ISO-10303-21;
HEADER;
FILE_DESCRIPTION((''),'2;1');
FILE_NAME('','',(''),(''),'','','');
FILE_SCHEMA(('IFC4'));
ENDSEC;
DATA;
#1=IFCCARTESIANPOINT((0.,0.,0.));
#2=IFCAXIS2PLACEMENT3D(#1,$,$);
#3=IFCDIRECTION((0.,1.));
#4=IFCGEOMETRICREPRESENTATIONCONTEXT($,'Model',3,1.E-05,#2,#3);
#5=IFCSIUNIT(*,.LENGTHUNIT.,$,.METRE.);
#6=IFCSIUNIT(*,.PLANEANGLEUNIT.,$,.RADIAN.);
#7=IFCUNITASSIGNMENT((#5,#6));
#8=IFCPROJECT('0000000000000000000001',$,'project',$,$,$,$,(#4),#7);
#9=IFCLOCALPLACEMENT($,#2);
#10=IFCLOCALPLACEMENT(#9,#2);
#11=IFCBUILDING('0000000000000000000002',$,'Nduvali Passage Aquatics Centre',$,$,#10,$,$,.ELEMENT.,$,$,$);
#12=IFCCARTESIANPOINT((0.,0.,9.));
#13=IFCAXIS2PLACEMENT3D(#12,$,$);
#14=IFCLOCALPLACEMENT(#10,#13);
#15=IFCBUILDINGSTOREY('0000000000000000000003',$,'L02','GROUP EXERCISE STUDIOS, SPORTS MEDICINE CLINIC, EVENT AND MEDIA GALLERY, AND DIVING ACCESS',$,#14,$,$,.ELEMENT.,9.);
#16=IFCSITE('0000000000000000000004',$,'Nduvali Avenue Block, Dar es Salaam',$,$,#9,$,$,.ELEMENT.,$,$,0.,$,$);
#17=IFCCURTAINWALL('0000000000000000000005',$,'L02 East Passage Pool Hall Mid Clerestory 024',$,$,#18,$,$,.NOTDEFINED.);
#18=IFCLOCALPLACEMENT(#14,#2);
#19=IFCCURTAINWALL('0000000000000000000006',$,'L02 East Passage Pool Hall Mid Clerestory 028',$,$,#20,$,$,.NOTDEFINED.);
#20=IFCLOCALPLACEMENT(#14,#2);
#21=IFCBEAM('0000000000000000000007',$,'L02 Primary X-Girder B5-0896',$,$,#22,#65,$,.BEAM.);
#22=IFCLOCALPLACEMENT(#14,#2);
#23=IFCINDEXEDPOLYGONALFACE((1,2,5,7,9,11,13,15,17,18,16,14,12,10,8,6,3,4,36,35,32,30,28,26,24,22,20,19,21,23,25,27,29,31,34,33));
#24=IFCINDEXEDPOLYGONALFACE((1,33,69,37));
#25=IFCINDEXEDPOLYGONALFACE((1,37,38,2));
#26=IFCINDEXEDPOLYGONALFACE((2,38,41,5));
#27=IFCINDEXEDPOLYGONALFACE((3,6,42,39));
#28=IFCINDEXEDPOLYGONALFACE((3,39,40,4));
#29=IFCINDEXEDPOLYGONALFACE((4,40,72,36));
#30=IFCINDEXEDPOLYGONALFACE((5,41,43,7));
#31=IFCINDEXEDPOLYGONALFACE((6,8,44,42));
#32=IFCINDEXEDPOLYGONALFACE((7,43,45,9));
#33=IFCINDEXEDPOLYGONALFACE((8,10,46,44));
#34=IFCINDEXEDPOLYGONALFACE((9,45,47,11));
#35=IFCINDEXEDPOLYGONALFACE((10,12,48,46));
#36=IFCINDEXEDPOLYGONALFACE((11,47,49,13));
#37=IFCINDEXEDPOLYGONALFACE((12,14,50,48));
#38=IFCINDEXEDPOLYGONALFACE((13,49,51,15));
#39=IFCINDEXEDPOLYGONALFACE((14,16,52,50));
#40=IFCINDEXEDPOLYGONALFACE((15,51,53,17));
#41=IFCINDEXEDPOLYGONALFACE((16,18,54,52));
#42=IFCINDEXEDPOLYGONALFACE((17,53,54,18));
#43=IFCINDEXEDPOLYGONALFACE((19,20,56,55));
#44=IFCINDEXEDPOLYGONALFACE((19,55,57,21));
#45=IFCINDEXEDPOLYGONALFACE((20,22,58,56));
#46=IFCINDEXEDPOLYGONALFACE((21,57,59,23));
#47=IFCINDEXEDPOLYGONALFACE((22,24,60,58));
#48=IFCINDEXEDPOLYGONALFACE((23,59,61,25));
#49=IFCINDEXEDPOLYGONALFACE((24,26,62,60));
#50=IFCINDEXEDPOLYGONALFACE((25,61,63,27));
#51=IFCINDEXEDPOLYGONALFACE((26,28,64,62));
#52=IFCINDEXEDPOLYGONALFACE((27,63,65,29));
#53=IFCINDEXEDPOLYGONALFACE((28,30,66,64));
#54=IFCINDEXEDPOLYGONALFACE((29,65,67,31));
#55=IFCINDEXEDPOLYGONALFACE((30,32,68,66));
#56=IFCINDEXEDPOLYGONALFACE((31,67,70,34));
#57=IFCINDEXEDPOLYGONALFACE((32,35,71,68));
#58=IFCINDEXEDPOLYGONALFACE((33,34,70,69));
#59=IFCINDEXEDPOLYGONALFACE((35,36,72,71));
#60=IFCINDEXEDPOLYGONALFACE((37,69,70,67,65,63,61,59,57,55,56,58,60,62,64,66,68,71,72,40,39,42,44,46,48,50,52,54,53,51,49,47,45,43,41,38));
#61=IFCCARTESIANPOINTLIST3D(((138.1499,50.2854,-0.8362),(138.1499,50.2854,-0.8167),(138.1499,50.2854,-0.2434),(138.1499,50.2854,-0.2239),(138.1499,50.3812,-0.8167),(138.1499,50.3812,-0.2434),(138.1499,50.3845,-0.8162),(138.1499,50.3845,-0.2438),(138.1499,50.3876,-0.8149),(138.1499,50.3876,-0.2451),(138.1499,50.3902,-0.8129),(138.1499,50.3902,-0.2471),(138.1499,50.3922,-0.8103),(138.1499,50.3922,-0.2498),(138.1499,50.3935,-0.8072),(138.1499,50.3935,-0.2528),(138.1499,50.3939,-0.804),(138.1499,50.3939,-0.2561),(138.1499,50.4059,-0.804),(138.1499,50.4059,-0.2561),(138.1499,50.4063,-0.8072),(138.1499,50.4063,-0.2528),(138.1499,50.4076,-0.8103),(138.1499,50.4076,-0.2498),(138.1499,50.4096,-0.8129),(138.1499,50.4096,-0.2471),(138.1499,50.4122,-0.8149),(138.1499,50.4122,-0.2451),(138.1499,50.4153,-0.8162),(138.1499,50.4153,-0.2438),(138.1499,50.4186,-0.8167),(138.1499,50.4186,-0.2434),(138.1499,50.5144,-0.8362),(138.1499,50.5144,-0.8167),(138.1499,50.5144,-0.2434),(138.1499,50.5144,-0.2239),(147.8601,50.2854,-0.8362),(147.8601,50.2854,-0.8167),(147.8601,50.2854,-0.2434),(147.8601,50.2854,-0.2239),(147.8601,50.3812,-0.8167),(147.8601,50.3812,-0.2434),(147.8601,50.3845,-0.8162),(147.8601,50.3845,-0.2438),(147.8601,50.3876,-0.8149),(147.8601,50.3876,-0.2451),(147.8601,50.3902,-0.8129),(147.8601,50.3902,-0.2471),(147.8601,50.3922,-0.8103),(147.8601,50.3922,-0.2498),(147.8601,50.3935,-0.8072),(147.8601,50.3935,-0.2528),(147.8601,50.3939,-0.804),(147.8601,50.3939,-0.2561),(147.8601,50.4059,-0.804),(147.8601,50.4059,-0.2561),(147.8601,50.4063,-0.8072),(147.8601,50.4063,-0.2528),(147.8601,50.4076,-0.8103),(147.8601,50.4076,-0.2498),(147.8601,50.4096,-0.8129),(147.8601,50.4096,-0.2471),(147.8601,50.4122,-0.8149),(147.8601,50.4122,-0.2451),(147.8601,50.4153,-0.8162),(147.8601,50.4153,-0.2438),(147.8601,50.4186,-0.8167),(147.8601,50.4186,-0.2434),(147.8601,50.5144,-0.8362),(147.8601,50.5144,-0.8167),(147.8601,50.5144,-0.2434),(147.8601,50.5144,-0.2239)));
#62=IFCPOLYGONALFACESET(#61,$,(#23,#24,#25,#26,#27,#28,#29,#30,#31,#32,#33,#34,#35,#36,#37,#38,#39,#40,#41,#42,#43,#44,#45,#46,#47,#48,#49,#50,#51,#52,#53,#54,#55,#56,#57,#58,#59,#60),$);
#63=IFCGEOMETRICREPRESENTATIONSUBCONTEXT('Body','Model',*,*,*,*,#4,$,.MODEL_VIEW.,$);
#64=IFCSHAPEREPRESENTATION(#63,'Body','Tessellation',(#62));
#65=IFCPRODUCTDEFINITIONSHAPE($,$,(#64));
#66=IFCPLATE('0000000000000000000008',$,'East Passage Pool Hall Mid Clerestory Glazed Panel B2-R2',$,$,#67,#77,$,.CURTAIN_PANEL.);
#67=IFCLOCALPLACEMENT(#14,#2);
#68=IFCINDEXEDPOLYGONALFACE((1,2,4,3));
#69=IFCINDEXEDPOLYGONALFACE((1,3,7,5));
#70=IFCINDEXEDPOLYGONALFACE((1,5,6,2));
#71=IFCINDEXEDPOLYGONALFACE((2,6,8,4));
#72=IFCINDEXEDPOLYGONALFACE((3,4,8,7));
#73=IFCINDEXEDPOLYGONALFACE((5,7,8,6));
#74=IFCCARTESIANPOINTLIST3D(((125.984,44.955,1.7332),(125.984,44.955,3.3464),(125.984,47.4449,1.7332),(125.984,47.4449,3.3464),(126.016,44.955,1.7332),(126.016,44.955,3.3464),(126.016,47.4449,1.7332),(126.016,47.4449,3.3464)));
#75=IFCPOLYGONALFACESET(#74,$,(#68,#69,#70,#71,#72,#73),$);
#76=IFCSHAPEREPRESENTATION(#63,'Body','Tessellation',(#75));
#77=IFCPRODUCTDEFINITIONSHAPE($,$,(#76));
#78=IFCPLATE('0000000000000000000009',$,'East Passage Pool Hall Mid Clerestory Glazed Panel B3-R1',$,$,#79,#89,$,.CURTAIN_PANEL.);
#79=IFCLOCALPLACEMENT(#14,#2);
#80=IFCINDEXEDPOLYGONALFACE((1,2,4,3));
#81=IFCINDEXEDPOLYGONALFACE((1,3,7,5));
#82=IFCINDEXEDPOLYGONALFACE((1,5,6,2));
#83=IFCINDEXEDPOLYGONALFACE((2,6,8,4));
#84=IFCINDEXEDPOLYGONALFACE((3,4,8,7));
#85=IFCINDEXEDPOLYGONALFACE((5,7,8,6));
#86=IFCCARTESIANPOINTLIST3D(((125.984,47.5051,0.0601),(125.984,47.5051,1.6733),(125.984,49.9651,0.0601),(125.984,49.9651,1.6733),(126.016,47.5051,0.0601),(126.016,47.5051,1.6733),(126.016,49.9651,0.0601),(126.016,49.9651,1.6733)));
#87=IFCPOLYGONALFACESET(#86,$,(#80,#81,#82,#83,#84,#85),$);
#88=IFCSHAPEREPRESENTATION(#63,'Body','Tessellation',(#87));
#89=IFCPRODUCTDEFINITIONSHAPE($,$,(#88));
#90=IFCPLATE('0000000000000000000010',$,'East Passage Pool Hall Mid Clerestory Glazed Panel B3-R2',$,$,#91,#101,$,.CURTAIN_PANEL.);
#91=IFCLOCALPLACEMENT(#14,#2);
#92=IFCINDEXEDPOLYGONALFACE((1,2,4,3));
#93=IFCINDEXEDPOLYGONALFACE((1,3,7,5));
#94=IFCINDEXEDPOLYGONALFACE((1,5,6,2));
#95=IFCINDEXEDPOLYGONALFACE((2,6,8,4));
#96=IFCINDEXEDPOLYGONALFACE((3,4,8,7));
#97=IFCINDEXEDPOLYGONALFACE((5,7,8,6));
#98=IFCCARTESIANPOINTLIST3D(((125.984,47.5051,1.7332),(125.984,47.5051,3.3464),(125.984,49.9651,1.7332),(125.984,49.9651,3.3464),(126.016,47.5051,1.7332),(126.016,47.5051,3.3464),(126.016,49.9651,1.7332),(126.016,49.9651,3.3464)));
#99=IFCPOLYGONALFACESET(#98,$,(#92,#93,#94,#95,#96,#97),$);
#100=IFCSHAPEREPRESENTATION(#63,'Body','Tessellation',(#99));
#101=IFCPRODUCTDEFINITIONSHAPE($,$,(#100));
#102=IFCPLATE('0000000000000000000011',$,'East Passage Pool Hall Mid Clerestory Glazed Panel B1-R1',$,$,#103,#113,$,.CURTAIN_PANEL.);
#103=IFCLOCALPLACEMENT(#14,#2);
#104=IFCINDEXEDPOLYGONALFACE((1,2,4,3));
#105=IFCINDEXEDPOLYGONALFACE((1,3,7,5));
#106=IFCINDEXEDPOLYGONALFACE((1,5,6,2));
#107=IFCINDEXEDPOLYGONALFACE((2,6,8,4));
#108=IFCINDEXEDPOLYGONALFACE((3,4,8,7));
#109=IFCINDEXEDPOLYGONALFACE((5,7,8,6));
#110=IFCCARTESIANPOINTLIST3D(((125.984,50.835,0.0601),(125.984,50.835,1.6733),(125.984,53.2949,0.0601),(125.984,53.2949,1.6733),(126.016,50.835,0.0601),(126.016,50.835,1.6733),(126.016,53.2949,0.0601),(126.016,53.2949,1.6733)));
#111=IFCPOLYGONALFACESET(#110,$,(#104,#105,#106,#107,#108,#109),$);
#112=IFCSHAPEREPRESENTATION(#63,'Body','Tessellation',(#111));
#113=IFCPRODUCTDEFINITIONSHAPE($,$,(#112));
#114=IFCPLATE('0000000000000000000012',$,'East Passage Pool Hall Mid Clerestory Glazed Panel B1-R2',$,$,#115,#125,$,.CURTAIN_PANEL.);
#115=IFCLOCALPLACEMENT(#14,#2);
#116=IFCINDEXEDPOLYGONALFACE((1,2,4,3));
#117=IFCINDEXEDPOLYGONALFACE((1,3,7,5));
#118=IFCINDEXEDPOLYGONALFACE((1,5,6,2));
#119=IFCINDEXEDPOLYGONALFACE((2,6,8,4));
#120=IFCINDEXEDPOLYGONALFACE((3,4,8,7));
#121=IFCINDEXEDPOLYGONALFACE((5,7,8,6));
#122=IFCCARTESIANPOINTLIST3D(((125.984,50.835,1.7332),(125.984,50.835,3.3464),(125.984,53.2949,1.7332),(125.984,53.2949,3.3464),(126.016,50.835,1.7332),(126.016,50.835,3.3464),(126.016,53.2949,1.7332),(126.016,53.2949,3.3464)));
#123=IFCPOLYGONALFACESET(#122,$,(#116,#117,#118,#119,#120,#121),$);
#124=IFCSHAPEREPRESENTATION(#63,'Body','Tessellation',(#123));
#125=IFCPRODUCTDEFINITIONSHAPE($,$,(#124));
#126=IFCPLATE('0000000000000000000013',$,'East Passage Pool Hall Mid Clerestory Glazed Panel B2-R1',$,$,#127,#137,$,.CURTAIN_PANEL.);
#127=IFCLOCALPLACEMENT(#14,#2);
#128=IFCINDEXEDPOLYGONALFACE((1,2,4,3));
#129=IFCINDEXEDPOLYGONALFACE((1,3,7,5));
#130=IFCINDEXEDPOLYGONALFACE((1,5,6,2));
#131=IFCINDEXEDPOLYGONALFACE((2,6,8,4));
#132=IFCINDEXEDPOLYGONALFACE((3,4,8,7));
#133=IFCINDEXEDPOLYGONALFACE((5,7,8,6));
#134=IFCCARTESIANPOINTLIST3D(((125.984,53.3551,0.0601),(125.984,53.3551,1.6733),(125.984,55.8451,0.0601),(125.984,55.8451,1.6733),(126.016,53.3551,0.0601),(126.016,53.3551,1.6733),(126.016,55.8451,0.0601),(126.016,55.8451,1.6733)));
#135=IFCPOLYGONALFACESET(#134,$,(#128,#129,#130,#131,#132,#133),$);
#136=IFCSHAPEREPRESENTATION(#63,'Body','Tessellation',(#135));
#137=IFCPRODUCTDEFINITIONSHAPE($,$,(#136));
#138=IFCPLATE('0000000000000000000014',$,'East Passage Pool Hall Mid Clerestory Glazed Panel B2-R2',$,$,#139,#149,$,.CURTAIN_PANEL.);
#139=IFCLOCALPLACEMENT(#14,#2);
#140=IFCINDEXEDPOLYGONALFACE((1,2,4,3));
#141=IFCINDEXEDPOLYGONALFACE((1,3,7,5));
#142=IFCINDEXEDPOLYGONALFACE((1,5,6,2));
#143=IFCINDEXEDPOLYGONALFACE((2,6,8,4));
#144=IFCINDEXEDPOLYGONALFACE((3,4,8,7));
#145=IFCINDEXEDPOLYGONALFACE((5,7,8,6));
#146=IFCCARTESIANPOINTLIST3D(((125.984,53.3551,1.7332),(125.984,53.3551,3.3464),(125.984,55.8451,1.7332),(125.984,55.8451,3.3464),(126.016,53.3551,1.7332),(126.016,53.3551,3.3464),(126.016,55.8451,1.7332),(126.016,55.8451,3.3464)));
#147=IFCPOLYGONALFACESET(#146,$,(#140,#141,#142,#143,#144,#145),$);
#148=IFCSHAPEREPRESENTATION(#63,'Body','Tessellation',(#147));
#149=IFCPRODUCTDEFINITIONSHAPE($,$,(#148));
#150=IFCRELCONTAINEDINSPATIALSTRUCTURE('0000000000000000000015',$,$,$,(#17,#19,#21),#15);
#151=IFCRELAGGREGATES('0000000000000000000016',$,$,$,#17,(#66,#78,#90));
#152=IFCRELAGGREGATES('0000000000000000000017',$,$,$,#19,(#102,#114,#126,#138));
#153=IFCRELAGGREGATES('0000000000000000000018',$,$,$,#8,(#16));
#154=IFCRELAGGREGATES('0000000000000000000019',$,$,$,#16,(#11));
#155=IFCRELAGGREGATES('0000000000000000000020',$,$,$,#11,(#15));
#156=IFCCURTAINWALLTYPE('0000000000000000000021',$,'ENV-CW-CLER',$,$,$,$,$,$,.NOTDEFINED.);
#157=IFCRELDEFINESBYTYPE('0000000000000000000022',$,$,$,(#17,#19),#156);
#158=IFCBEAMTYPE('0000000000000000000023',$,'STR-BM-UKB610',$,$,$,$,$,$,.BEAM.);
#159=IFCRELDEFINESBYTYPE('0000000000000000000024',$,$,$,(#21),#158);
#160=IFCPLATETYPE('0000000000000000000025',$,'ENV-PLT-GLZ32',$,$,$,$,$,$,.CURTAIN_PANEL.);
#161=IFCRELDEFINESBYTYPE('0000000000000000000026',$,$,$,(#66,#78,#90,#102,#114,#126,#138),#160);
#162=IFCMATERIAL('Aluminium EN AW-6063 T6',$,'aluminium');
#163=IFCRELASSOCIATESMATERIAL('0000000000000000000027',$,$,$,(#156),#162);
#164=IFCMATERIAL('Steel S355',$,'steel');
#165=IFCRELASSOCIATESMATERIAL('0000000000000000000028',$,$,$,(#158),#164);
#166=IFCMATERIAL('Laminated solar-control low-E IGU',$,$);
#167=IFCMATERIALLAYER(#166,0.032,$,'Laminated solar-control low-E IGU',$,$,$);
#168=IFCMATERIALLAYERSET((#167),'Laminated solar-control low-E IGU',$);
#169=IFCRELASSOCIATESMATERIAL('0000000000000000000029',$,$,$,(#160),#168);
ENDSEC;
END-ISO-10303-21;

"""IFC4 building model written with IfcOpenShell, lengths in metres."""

from ifc_helpers import new_model, si_unit, direction, frame, origin, origin_2d, place, context, subcontext, project, spatial, rectangle, i_section, extrude, material, layer, layer_set, material_profile, profile_set, type_object, element, aggregate, save


model = new_model("IFC4")

# Units and contexts
model_context = context("Model", 3, precision=1e-05, world=origin(), true_north=direction((0.0, 1.0)))
body_context = subcontext(model_context, "Body", "Model", "MODEL_VIEW")
ifc_project = project(units=[si_unit("LENGTHUNIT", "METRE"), si_unit("PLANEANGLEUNIT", "RADIAN")], contexts=[model_context])

# Site, building, storey
site_placement = place(None, origin())
site = spatial("IfcSite", under=ifc_project, at=site_placement, Name="Nduvali Avenue Block, Dar es Salaam", CompositionType="ELEMENT", RefElevation=0.0)
building_placement = place(site_placement, origin())
building = spatial("IfcBuilding", under=site, at=building_placement, Name="Nduvali Passage Aquatics Centre", CompositionType="ELEMENT")
storey_placement = place(building_placement, frame((0.0, 0.0, 9.0)))
storey = spatial("IfcBuildingStorey", under=building, at=storey_placement, Name="L02", Description="GROUP EXERCISE STUDIOS, SPORTS MEDICINE CLINIC, EVENT AND MEDIA GALLERY, AND DIVING ACCESS", CompositionType="ELEMENT", Elevation=9.0)

# Curtain walls
ifc_material_1 = material(Name="Aluminium EN AW-6063 T6", Category="aluminium")
curtain_wall_type = type_object("IfcCurtainWallType", Name="ENV-CW-CLER", PredefinedType="NOTDEFINED", material=ifc_material_1)
curtain_wall_1_placement = place(storey_placement, origin())
curtain_wall_1 = element("IfcCurtainWall", 1, at=curtain_wall_1_placement, inside=storey, type_object=curtain_wall_type, Name="L02 East Passage Pool Hall Mid Clerestory 024", PredefinedType="NOTDEFINED")
curtain_wall_2_placement = place(storey_placement, origin())
curtain_wall_2 = element("IfcCurtainWall", 2, at=curtain_wall_2_placement, inside=storey, type_object=curtain_wall_type, Name="L02 East Passage Pool Hall Mid Clerestory 028", PredefinedType="NOTDEFINED")

# Beam
ifc_material_2 = material(Name="Steel S355", Category="steel")
ifc_material_profile_1 = material_profile(ifc_material_2, i_section(OverallWidth=0.229, OverallDepth=0.6123, WebThickness=0.012, FlangeThickness=0.0195, FilletRadius=0.0127, at=origin_2d()), Name="UKB 610x229x125")
ifc_profile_set_1 = profile_set([ifc_material_profile_1], Name="Steel S355")
beam_type_1 = type_object("IfcBeamType", Name="STR-BM-UKB610", PredefinedType="BEAM", material=ifc_profile_set_1)
beam_1_placement = place(storey_placement, frame((138.1499, 50.3999, -0.53), z_axis=(1.0, 0.0, 0.0), x_axis=(0.0, 1.0, 0.0)))
element("IfcBeam", 3, at=beam_1_placement, inside=storey, type_object=beam_type_1, Name="L02 Primary X-Girder B5-0896", PredefinedType="BEAM", context=body_context, shape_type="SweptSolid", body=[
    extrude(i_section(OverallWidth=0.229, OverallDepth=0.6123, WebThickness=0.012, FlangeThickness=0.0195, FilletRadius=0.0127, at=origin_2d()), origin(), (0.0, 0.0, 1.0), 9.7102),
])

# Plates
ifc_material_3 = material(Name="Laminated solar-control low-E IGU")
ifc_layer = layer(ifc_material_3, 0.032, Name="Laminated solar-control low-E IGU")
ifc_layer_set = layer_set([ifc_layer], Name="Laminated solar-control low-E IGU")
plate_type = type_object("IfcPlateType", Name="ENV-PLT-GLZ32", PredefinedType="CURTAIN_PANEL", material=ifc_layer_set)
plate_1_placement = place(storey_placement, frame((126.0, 46.2, 1.7332), z_axis=(0.0, 0.0, 1.0), x_axis=(0.0, 1.0, 0.0)))
plate_1 = element("IfcPlate", 4, at=plate_1_placement, type_object=plate_type, Name="East Passage Pool Hall Mid Clerestory Glazed Panel B2-R2", PredefinedType="CURTAIN_PANEL", context=body_context, shape_type="SweptSolid", body=[
    extrude(rectangle(XDim=2.49, YDim=0.032, at=origin_2d()), origin(), (0.0, 0.0, 1.0), 1.6133),
])
plate_2_placement = place(storey_placement, frame((126.0, 48.7351, 0.0601), z_axis=(0.0, 0.0, 1.0), x_axis=(0.0, 1.0, 0.0)))
plate_2 = element("IfcPlate", 5, at=plate_2_placement, type_object=plate_type, Name="East Passage Pool Hall Mid Clerestory Glazed Panel B3-R1", PredefinedType="CURTAIN_PANEL", context=body_context, shape_type="SweptSolid", body=[
    extrude(rectangle(XDim=2.46, YDim=0.032, at=origin_2d()), origin(), (0.0, 0.0, 1.0), 1.6133),
])
plate_3_placement = place(storey_placement, frame((126.0, 48.7351, 1.7332), z_axis=(0.0, 0.0, 1.0), x_axis=(0.0, 1.0, 0.0)))
plate_3 = element("IfcPlate", 6, at=plate_3_placement, type_object=plate_type, Name="East Passage Pool Hall Mid Clerestory Glazed Panel B3-R2", PredefinedType="CURTAIN_PANEL", context=body_context, shape_type="SweptSolid", body=[
    extrude(rectangle(XDim=2.46, YDim=0.032, at=origin_2d()), origin(), (0.0, 0.0, 1.0), 1.6133),
])
aggregate(curtain_wall_1, [plate_1, plate_2, plate_3])
plate_4_placement = place(storey_placement, frame((126.0, 52.0649, 0.0601), z_axis=(0.0, 0.0, 1.0), x_axis=(0.0, 1.0, 0.0)))
plate_4 = element("IfcPlate", 7, at=plate_4_placement, type_object=plate_type, Name="East Passage Pool Hall Mid Clerestory Glazed Panel B1-R1", PredefinedType="CURTAIN_PANEL", context=body_context, shape_type="SweptSolid", body=[
    extrude(rectangle(XDim=2.46, YDim=0.032, at=origin_2d()), origin(), (0.0, 0.0, 1.0), 1.6133),
])
plate_5_placement = place(storey_placement, frame((126.0, 52.0649, 1.7332), z_axis=(0.0, 0.0, 1.0), x_axis=(0.0, 1.0, 0.0)))
plate_5 = element("IfcPlate", 8, at=plate_5_placement, type_object=plate_type, Name="East Passage Pool Hall Mid Clerestory Glazed Panel B1-R2", PredefinedType="CURTAIN_PANEL", context=body_context, shape_type="SweptSolid", body=[
    extrude(rectangle(XDim=2.46, YDim=0.032, at=origin_2d()), origin(), (0.0, 0.0, 1.0), 1.6133),
])
plate_6_placement = place(storey_placement, frame((126.0, 54.6001, 0.0601), z_axis=(0.0, 0.0, 1.0), x_axis=(0.0, 1.0, 0.0)))
plate_6 = element("IfcPlate", 9, at=plate_6_placement, type_object=plate_type, Name="East Passage Pool Hall Mid Clerestory Glazed Panel B2-R1", PredefinedType="CURTAIN_PANEL", context=body_context, shape_type="SweptSolid", body=[
    extrude(rectangle(XDim=2.49, YDim=0.032, at=origin_2d()), origin(), (0.0, 0.0, 1.0), 1.6133),
])
plate_7_placement = place(storey_placement, frame((126.0, 54.6001, 1.7332), z_axis=(0.0, 0.0, 1.0), x_axis=(0.0, 1.0, 0.0)))
plate_7 = element("IfcPlate", 10, at=plate_7_placement, type_object=plate_type, Name="East Passage Pool Hall Mid Clerestory Glazed Panel B2-R2", PredefinedType="CURTAIN_PANEL", context=body_context, shape_type="SweptSolid", body=[
    extrude(rectangle(XDim=2.49, YDim=0.032, at=origin_2d()), origin(), (0.0, 0.0, 1.0), 1.6133),
])
aggregate(curtain_wall_2, [plate_4, plate_5, plate_6, plate_7])

save(model, "model.ifc")
